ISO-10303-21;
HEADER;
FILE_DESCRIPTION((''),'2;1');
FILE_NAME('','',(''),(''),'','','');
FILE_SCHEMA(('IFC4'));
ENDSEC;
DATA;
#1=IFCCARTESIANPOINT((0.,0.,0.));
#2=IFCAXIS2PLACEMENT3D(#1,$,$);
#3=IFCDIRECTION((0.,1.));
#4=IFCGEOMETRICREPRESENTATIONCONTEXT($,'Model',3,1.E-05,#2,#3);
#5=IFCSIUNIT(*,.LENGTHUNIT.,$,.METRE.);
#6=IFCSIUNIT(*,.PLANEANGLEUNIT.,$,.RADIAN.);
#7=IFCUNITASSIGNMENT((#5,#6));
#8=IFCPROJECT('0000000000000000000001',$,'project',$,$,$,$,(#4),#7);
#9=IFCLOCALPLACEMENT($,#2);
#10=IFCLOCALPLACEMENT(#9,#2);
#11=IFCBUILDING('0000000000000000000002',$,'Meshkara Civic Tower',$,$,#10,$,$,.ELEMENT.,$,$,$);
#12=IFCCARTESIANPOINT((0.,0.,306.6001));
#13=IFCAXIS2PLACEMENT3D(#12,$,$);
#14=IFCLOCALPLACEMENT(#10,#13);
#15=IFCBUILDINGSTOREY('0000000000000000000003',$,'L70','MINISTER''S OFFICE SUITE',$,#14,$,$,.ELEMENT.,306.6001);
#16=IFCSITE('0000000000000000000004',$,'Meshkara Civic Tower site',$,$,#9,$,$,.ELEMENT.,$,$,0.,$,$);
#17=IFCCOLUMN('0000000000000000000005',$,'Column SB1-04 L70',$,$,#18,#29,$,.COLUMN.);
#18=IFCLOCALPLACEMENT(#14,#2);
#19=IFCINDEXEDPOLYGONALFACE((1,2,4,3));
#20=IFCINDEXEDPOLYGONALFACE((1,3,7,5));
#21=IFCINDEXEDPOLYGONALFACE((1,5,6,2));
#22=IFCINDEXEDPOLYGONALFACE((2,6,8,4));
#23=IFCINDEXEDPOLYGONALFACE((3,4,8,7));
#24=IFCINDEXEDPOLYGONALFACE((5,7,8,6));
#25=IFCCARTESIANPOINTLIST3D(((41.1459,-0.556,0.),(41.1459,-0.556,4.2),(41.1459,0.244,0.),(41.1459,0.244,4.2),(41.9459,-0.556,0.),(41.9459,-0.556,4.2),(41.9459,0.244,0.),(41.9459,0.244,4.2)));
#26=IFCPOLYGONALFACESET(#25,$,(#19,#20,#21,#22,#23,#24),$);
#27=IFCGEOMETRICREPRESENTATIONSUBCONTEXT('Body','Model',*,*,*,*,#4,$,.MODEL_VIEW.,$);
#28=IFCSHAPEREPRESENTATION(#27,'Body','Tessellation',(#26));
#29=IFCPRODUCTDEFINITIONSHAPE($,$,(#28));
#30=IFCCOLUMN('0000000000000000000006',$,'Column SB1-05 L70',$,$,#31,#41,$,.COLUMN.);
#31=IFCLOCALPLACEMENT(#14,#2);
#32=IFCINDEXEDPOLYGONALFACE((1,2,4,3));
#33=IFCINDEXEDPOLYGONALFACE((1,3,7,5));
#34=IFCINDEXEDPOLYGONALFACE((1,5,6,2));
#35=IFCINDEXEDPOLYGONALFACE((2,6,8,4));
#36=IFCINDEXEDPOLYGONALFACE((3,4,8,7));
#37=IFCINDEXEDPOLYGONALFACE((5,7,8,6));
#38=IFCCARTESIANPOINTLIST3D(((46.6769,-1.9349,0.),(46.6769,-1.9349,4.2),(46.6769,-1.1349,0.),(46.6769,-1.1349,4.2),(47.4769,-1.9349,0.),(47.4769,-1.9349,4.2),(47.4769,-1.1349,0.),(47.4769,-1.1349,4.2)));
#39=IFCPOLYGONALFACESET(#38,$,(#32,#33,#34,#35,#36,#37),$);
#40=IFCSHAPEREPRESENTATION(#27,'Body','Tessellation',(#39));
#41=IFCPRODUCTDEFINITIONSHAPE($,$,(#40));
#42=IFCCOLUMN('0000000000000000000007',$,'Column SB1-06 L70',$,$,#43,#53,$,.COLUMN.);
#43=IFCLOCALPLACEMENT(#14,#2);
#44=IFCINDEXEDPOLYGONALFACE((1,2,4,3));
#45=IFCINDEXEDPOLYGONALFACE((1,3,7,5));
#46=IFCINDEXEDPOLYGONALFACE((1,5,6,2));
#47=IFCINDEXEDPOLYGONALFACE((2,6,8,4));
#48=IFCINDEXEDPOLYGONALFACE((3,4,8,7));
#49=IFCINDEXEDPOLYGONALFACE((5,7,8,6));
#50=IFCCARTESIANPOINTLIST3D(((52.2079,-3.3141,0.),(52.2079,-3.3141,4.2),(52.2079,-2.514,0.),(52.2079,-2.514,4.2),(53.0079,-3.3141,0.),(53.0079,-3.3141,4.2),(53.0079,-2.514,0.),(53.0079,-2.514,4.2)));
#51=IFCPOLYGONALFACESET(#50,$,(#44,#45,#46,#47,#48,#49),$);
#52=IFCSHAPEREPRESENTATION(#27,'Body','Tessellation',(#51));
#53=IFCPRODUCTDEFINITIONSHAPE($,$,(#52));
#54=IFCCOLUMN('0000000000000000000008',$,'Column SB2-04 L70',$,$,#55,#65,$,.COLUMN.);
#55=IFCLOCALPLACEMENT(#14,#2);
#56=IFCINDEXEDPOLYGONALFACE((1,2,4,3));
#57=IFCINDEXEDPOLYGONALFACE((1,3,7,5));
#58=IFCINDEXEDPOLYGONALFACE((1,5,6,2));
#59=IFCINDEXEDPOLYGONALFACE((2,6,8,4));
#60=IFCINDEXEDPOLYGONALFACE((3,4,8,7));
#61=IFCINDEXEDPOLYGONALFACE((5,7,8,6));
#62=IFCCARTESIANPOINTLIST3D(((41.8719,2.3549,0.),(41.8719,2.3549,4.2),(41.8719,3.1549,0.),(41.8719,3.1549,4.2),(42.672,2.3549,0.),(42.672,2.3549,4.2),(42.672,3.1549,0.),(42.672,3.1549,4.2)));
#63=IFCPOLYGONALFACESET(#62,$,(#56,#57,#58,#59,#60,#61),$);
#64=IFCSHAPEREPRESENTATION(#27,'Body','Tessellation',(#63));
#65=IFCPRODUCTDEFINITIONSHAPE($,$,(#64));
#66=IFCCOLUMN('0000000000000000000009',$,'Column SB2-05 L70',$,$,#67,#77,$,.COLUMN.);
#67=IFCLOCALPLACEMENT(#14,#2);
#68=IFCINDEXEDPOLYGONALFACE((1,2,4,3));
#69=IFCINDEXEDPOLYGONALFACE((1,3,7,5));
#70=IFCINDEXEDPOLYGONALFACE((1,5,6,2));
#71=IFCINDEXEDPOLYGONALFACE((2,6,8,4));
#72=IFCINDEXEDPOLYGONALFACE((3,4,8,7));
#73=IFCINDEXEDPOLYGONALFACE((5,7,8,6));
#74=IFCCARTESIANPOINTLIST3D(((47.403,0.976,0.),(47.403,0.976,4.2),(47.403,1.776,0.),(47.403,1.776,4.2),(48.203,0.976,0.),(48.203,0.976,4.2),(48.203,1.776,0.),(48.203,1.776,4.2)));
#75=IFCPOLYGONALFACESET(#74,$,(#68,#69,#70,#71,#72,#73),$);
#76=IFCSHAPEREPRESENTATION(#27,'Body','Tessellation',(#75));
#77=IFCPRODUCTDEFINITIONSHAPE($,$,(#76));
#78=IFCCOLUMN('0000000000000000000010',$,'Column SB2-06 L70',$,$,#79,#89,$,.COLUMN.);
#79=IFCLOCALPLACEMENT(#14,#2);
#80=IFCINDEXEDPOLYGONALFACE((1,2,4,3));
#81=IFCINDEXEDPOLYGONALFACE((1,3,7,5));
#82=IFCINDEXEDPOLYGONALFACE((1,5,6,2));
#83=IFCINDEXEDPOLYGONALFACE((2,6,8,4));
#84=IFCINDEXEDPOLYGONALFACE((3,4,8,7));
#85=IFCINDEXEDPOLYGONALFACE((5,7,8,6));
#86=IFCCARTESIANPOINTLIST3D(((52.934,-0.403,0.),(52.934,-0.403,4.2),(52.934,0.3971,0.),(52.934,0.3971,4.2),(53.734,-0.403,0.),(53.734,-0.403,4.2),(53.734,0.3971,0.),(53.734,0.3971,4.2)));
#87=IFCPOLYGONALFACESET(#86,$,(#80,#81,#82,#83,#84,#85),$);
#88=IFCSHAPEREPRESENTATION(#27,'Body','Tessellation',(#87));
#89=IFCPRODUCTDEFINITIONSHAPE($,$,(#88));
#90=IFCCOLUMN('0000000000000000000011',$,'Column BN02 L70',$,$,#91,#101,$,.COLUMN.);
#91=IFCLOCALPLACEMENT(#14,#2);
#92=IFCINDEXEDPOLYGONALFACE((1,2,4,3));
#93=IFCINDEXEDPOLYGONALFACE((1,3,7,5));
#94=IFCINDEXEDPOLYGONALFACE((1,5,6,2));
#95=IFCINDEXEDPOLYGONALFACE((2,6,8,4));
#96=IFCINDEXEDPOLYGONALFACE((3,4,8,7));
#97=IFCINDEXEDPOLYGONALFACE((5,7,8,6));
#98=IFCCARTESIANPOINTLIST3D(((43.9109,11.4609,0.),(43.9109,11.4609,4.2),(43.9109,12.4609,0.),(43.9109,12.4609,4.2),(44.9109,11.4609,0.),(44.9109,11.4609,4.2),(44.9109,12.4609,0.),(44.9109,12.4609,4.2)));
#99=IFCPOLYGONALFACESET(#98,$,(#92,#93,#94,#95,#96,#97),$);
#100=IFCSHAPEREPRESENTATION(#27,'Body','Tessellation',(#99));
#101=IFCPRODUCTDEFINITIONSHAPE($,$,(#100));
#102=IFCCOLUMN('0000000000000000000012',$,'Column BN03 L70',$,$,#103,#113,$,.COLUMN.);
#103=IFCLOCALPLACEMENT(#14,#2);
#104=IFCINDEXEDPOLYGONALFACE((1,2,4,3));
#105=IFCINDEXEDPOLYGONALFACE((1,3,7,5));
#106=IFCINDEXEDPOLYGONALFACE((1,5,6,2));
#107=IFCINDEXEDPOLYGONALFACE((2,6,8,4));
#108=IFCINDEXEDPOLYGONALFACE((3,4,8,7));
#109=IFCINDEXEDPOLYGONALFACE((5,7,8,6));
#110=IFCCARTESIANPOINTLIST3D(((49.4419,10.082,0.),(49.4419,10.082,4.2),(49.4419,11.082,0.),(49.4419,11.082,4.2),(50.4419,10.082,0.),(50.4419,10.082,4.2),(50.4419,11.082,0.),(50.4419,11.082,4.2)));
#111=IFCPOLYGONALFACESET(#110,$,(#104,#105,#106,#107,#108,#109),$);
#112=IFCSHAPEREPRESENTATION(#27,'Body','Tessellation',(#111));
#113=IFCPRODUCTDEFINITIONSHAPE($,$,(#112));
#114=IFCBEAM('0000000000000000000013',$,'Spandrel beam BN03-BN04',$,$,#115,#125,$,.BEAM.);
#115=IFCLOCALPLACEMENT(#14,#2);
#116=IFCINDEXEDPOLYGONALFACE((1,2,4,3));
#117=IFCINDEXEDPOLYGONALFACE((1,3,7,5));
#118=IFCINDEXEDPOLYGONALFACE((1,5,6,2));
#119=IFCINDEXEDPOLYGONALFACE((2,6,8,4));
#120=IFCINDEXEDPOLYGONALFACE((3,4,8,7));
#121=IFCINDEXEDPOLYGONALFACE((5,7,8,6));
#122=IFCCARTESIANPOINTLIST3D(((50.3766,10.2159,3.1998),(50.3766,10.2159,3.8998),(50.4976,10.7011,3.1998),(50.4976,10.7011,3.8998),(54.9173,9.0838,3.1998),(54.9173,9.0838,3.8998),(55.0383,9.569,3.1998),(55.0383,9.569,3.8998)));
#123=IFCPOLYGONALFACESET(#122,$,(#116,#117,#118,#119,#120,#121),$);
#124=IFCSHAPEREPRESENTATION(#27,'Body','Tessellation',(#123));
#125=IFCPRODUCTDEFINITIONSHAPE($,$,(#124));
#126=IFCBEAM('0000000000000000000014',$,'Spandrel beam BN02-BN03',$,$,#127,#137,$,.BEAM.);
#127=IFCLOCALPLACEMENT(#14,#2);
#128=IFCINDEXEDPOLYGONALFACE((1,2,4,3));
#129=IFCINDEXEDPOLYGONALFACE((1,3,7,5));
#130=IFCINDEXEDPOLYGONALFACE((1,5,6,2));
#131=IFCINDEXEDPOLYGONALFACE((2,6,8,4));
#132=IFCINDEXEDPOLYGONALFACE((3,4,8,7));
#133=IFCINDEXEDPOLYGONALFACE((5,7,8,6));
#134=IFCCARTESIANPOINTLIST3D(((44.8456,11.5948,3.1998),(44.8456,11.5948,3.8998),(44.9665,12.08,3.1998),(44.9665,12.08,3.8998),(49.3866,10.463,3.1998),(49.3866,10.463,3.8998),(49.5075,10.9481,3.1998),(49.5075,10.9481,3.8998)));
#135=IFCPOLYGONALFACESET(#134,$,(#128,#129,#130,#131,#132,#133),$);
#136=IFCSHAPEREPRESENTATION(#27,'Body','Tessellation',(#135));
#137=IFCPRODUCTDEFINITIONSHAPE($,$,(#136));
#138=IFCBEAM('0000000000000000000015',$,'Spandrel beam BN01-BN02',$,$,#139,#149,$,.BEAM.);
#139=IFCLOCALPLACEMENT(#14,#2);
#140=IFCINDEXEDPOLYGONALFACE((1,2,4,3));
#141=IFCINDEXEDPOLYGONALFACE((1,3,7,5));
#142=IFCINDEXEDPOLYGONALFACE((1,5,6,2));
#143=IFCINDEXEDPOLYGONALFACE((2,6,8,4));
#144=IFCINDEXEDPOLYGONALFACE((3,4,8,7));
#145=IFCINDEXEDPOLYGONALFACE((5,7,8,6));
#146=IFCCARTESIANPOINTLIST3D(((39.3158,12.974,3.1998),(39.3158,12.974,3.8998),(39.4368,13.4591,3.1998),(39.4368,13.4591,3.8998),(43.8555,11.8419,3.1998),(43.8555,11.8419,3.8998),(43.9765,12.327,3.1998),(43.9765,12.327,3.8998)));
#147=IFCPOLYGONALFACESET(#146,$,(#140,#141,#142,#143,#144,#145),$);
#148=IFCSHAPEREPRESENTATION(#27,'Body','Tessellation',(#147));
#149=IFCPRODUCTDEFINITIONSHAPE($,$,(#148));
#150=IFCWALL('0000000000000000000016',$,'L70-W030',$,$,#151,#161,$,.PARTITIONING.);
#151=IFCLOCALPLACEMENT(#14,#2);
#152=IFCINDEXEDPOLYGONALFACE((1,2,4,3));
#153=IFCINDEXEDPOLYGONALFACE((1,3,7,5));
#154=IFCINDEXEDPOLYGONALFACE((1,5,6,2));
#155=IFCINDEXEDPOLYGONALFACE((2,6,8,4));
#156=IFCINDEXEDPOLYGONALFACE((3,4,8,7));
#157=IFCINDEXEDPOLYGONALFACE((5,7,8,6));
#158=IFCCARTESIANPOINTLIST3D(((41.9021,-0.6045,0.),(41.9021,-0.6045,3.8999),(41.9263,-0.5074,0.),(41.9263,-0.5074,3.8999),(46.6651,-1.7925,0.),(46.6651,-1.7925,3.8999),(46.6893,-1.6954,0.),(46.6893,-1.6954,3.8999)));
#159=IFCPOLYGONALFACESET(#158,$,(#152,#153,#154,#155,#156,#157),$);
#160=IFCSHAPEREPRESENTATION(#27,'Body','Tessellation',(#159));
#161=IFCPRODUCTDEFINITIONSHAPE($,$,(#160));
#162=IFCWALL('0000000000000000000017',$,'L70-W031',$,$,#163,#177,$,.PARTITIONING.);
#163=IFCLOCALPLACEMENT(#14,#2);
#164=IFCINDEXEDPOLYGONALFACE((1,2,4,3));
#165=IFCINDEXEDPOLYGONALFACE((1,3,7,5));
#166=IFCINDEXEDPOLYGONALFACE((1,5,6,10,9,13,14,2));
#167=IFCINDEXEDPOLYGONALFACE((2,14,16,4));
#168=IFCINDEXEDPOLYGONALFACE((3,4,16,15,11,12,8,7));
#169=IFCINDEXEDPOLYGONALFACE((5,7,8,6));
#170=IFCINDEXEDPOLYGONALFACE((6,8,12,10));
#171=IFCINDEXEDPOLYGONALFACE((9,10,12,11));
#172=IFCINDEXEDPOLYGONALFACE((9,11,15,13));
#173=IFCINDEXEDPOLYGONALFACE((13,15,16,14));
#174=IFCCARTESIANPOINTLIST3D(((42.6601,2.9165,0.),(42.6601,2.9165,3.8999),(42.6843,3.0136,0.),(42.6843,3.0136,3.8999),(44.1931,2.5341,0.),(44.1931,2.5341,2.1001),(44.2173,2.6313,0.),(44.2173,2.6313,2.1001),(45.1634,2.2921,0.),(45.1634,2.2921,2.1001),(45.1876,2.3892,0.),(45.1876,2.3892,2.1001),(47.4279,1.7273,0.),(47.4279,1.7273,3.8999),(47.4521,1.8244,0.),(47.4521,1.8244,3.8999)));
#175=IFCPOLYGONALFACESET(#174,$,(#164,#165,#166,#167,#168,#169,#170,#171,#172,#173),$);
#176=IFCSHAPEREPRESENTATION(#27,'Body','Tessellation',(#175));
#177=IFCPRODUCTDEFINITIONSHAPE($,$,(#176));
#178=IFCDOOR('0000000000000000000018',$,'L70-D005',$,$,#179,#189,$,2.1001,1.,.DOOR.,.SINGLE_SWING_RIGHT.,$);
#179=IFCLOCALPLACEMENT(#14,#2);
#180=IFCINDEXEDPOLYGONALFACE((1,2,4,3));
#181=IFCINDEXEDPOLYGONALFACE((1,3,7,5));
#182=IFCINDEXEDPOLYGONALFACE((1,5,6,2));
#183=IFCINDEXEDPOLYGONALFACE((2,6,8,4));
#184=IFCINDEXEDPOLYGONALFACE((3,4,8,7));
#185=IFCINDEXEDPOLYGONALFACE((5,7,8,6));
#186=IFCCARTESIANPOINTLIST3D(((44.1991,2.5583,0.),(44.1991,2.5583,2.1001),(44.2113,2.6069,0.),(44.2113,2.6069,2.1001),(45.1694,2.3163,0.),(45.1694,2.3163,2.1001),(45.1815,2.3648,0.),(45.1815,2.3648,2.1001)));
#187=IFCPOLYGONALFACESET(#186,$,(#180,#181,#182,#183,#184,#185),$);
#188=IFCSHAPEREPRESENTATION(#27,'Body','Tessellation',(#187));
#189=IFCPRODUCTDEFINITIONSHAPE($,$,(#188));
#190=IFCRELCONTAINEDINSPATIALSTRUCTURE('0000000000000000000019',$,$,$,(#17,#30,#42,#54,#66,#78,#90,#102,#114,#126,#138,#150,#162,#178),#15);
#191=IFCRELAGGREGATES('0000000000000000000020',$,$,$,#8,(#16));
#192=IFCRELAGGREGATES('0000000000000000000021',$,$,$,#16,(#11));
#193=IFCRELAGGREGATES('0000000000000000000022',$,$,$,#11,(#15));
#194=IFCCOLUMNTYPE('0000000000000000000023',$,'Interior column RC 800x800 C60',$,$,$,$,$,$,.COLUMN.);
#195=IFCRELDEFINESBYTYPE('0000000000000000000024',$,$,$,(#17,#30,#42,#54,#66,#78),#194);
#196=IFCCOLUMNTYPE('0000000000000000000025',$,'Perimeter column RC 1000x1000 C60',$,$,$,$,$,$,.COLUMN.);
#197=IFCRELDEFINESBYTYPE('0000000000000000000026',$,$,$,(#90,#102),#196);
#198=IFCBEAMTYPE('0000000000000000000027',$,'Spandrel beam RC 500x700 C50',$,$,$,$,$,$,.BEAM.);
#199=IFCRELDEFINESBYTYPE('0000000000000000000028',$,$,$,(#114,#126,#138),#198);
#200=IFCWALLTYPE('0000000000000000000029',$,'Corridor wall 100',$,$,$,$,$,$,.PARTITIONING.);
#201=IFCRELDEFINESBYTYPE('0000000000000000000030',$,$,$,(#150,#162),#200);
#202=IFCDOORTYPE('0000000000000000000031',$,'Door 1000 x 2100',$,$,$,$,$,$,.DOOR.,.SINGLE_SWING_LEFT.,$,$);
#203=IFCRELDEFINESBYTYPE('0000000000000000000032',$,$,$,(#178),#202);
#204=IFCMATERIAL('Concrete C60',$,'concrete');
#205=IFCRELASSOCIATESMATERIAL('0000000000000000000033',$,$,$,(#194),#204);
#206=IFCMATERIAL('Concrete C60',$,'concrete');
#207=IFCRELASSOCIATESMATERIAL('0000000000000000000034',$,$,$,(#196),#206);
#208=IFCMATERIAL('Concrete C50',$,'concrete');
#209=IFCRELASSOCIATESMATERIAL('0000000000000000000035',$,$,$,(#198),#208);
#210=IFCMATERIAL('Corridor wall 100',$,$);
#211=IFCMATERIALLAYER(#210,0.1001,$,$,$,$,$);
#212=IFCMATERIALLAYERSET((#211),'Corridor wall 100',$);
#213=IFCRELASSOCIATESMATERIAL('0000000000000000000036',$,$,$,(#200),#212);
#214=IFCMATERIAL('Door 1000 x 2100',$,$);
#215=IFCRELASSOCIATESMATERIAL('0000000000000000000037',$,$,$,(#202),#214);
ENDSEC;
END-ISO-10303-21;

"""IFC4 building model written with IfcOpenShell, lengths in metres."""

from ifc_helpers import new_model, si_unit, direction, frame, frame_2d, origin, origin_2d, place, context, subcontext, project, spatial, rectangle, extrude, material, layer, layer_set, material_profile, profile_set, type_object, element, fill, save


model = new_model("IFC4")

# Units and contexts
model_context = context("Model", 3, precision=1e-05, world=origin(), true_north=direction((0.0, 1.0)))
body_context = subcontext(model_context, "Body", "Model", "MODEL_VIEW")
ifc_project = project(units=[si_unit("LENGTHUNIT", "METRE"), si_unit("PLANEANGLEUNIT", "RADIAN")], contexts=[model_context])

# Site, building, storey
site_placement = place(None, origin())
site = spatial("IfcSite", under=ifc_project, at=site_placement, Name="Meshkara Civic Tower site", CompositionType="ELEMENT", RefElevation=0.0)
building_placement = place(site_placement, origin())
building = spatial("IfcBuilding", under=site, at=building_placement, Name="Meshkara Civic Tower", CompositionType="ELEMENT")
storey_placement = place(building_placement, frame((0.0, 0.0, 306.6001)))
storey = spatial("IfcBuildingStorey", under=building, at=storey_placement, Name="L70", Description="MINISTER'S OFFICE SUITE", CompositionType="ELEMENT", Elevation=306.6001)

# Columns
ifc_material_1 = material(Name="Concrete C60", Category="concrete")
ifc_material_profile_1 = material_profile(ifc_material_1, rectangle(XDim=0.8, YDim=0.8, at=origin_2d()))
ifc_profile_set_1 = profile_set([ifc_material_profile_1], Name="Concrete C60")
column_type_1 = type_object("IfcColumnType", Name="Interior column RC 800x800 C60", PredefinedType="COLUMN", material=ifc_profile_set_1)
for number, where, z_axis, x_axis, name in (
    (1, (41.5459, -0.156, 0.0), (0.0, 0.0, 1.0), (1.0, 0.0, 0.0), "Column SB1-04 L70"),
    (2, (47.0769, -1.5349, 0.0), (0.0, 0.0, 1.0), (1.0, 0.0, 0.0), "Column SB1-05 L70"),
    (3, (52.6079, -2.9141, 0.0), (0.0, 0.0, 1.0), (1.0, 0.0, 0.0), "Column SB1-06 L70"),
    (4, (42.272, 2.7549, 0.0), (0.0, 0.0, 1.0), (1.0, 0.0, 0.0), "Column SB2-04 L70"),
    (5, (47.803, 1.376, 0.0), (0.0, 0.0, 1.0), (1.0, 0.0, 0.0), "Column SB2-05 L70"),
    (6, (53.334, -0.0029, 0.0), (0.0, 0.0, 1.0), (1.0, 0.0, 0.0), "Column SB2-06 L70"),
):
    element("IfcColumn", number, at=place(storey_placement, frame(where, z_axis=z_axis, x_axis=x_axis)), inside=storey, type_object=column_type_1, Name=name, PredefinedType="COLUMN", context=body_context, shape_type="SweptSolid", body=[
        extrude(rectangle(XDim=0.8, YDim=0.8, at=origin_2d()), origin(), (0.0, 0.0, 1.0), 4.2),
    ])
ifc_material_2 = material(Name="Concrete C60", Category="concrete")
ifc_material_profile_2 = material_profile(ifc_material_2, rectangle(XDim=1.0, YDim=1.0, at=origin_2d()))
ifc_profile_set_2 = profile_set([ifc_material_profile_2], Name="Concrete C60")
column_type_2 = type_object("IfcColumnType", Name="Perimeter column RC 1000x1000 C60", PredefinedType="COLUMN", material=ifc_profile_set_2)
for number, where, z_axis, x_axis, name in (
    (7, (44.4109, 11.9609, 0.0), (0.0, 0.0, 1.0), (1.0, 0.0, 0.0), "Column BN02 L70"),
    (8, (49.9419, 10.582, 0.0), (0.0, 0.0, 1.0), (1.0, 0.0, 0.0), "Column BN03 L70"),
):
    element("IfcColumn", number, at=place(storey_placement, frame(where, z_axis=z_axis, x_axis=x_axis)), inside=storey, type_object=column_type_2, Name=name, PredefinedType="COLUMN", context=body_context, shape_type="SweptSolid", body=[
        extrude(rectangle(XDim=1.0, YDim=1.0, at=origin_2d()), origin(), (0.0, 0.0, 1.0), 4.2),
    ])

# Beams
ifc_material_3 = material(Name="Concrete C50", Category="concrete")
ifc_material_profile_3 = material_profile(ifc_material_3, rectangle(XDim=0.5, YDim=0.7, at=origin_2d()))
ifc_profile_set_3 = profile_set([ifc_material_profile_3], Name="Concrete C50")
beam_type = type_object("IfcBeamType", Name="Spandrel beam RC 500x700 C50", PredefinedType="BEAM", material=ifc_profile_set_3)
beam_1_placement = place(storey_placement, frame((54.9778, 9.3264, 3.5498), z_axis=(-0.970299, 0.24191, 0.0), x_axis=(-0.24191, -0.970299, 0.0)))
element("IfcBeam", 9, at=beam_1_placement, inside=storey, type_object=beam_type, Name="Spandrel beam BN03-BN04", PredefinedType="BEAM", context=body_context, shape_type="SweptSolid", body=[
    extrude(rectangle(XDim=0.5, YDim=0.7, at=origin_2d()), origin(), (0.0, 0.0, 1.0), 4.6797),
])
beam_2_placement = place(storey_placement, frame((49.447, 10.7056, 3.5498), z_axis=(-0.970314, 0.241848, 0.0), x_axis=(-0.241848, -0.970314, 0.0)))
element("IfcBeam", 10, at=beam_2_placement, inside=storey, type_object=beam_type, Name="Spandrel beam BN02-BN03", PredefinedType="BEAM", context=body_context, shape_type="SweptSolid", body=[
    extrude(rectangle(XDim=0.5, YDim=0.7, at=origin_2d()), origin(), (0.0, 0.0, 1.0), 4.6799),
])
beam_3_placement = place(storey_placement, frame((43.916, 12.0845, 3.5498), z_axis=(-0.970287, 0.241959, 0.0), x_axis=(-0.241959, -0.970287, 0.0)))
element("IfcBeam", 11, at=beam_3_placement, inside=storey, type_object=beam_type, Name="Spandrel beam BN01-BN02", PredefinedType="BEAM", context=body_context, shape_type="SweptSolid", body=[
    extrude(rectangle(XDim=0.5, YDim=0.7, at=origin_2d()), origin(), (0.0, 0.0, 1.0), 4.6787),
])

# Wall
ifc_material_4 = material(Name="Corridor wall 100")
ifc_layer_1 = layer(ifc_material_4, 0.1001)
ifc_layer_set_1 = layer_set([ifc_layer_1], Name="Corridor wall 100")
wall_type_1 = type_object("IfcWallType", Name="Corridor wall 100", PredefinedType="PARTITIONING", material=ifc_layer_set_1)
wall_1_placement = place(storey_placement, frame((41.9141, -0.5559, 0.0), z_axis=(0.0, 0.0, 1.0), x_axis=(0.970274, -0.242009, 0.0)))
element("IfcWall", 12, at=wall_1_placement, inside=storey, type_object=wall_type_1, Name="L70-W030", PredefinedType="PARTITIONING", context=body_context, shape_type="SweptSolid", body=[
    extrude(rectangle(XDim=4.9089, YDim=0.1001, at=frame_2d((2.4546, 0.0))), origin(), (0.0, 0.0, 1.0), 3.8999),
])

# Wall, opening, door
wall_2_placement = place(storey_placement, frame((42.6721, 2.9651, 0.0), z_axis=(0.0, 0.0, 1.0), x_axis=(0.970274, -0.24201, 0.0)))
wall_2 = element("IfcWall", 13, at=wall_2_placement, inside=storey, type_object=wall_type_1, Name="L70-W031", PredefinedType="PARTITIONING", context=body_context, shape_type="SweptSolid", body=[
    extrude(rectangle(XDim=4.9138, YDim=0.1001, at=frame_2d((2.457, 0.0))), origin(), (0.0, 0.0, 1.0), 3.8999),
])
opening_1_placement = place(wall_2_placement, frame((1.5801, 0.0, 0.0)))
opening_1 = element("IfcOpeningElement", 14, at=opening_1_placement, cuts=wall_2, PredefinedType="OPENING", context=body_context, shape_type="SweptSolid", body=[
    extrude(rectangle(XDim=1.0, YDim=2.1001, at=frame_2d((0.5, 1.05))), frame((0.0, 0.0601, 0.0), z_axis=(0.0, -1.0, 0.0), x_axis=(1.0, 0.0, 0.0)), (0.0, 0.0, 1.0), 0.1201),
])
ifc_material_5 = material(Name="Door 1000 x 2100")
door_type = type_object("IfcDoorType", Name="Door 1000 x 2100", OperationType="SINGLE_SWING_LEFT", PredefinedType="DOOR", material=ifc_material_5)
door_1_placement = place(opening_1_placement, origin())
door_1 = element("IfcDoor", 15, at=door_1_placement, inside=storey, type_object=door_type, Name="L70-D005", OperationType="SINGLE_SWING_RIGHT", OverallHeight=2.1001, OverallWidth=1.0, PredefinedType="DOOR", context=body_context, shape_type="SweptSolid", body=[
    extrude(rectangle(XDim=1.0, YDim=2.1001, at=frame_2d((0.5, 1.05))), frame((0.0, 0.0249, 0.0), z_axis=(0.0, -1.0, 0.0), x_axis=(1.0, 0.0, 0.0)), (0.0, 0.0, 1.0), 0.05),
])
fill(opening_1, door_1)

save(model, "model.ifc")
